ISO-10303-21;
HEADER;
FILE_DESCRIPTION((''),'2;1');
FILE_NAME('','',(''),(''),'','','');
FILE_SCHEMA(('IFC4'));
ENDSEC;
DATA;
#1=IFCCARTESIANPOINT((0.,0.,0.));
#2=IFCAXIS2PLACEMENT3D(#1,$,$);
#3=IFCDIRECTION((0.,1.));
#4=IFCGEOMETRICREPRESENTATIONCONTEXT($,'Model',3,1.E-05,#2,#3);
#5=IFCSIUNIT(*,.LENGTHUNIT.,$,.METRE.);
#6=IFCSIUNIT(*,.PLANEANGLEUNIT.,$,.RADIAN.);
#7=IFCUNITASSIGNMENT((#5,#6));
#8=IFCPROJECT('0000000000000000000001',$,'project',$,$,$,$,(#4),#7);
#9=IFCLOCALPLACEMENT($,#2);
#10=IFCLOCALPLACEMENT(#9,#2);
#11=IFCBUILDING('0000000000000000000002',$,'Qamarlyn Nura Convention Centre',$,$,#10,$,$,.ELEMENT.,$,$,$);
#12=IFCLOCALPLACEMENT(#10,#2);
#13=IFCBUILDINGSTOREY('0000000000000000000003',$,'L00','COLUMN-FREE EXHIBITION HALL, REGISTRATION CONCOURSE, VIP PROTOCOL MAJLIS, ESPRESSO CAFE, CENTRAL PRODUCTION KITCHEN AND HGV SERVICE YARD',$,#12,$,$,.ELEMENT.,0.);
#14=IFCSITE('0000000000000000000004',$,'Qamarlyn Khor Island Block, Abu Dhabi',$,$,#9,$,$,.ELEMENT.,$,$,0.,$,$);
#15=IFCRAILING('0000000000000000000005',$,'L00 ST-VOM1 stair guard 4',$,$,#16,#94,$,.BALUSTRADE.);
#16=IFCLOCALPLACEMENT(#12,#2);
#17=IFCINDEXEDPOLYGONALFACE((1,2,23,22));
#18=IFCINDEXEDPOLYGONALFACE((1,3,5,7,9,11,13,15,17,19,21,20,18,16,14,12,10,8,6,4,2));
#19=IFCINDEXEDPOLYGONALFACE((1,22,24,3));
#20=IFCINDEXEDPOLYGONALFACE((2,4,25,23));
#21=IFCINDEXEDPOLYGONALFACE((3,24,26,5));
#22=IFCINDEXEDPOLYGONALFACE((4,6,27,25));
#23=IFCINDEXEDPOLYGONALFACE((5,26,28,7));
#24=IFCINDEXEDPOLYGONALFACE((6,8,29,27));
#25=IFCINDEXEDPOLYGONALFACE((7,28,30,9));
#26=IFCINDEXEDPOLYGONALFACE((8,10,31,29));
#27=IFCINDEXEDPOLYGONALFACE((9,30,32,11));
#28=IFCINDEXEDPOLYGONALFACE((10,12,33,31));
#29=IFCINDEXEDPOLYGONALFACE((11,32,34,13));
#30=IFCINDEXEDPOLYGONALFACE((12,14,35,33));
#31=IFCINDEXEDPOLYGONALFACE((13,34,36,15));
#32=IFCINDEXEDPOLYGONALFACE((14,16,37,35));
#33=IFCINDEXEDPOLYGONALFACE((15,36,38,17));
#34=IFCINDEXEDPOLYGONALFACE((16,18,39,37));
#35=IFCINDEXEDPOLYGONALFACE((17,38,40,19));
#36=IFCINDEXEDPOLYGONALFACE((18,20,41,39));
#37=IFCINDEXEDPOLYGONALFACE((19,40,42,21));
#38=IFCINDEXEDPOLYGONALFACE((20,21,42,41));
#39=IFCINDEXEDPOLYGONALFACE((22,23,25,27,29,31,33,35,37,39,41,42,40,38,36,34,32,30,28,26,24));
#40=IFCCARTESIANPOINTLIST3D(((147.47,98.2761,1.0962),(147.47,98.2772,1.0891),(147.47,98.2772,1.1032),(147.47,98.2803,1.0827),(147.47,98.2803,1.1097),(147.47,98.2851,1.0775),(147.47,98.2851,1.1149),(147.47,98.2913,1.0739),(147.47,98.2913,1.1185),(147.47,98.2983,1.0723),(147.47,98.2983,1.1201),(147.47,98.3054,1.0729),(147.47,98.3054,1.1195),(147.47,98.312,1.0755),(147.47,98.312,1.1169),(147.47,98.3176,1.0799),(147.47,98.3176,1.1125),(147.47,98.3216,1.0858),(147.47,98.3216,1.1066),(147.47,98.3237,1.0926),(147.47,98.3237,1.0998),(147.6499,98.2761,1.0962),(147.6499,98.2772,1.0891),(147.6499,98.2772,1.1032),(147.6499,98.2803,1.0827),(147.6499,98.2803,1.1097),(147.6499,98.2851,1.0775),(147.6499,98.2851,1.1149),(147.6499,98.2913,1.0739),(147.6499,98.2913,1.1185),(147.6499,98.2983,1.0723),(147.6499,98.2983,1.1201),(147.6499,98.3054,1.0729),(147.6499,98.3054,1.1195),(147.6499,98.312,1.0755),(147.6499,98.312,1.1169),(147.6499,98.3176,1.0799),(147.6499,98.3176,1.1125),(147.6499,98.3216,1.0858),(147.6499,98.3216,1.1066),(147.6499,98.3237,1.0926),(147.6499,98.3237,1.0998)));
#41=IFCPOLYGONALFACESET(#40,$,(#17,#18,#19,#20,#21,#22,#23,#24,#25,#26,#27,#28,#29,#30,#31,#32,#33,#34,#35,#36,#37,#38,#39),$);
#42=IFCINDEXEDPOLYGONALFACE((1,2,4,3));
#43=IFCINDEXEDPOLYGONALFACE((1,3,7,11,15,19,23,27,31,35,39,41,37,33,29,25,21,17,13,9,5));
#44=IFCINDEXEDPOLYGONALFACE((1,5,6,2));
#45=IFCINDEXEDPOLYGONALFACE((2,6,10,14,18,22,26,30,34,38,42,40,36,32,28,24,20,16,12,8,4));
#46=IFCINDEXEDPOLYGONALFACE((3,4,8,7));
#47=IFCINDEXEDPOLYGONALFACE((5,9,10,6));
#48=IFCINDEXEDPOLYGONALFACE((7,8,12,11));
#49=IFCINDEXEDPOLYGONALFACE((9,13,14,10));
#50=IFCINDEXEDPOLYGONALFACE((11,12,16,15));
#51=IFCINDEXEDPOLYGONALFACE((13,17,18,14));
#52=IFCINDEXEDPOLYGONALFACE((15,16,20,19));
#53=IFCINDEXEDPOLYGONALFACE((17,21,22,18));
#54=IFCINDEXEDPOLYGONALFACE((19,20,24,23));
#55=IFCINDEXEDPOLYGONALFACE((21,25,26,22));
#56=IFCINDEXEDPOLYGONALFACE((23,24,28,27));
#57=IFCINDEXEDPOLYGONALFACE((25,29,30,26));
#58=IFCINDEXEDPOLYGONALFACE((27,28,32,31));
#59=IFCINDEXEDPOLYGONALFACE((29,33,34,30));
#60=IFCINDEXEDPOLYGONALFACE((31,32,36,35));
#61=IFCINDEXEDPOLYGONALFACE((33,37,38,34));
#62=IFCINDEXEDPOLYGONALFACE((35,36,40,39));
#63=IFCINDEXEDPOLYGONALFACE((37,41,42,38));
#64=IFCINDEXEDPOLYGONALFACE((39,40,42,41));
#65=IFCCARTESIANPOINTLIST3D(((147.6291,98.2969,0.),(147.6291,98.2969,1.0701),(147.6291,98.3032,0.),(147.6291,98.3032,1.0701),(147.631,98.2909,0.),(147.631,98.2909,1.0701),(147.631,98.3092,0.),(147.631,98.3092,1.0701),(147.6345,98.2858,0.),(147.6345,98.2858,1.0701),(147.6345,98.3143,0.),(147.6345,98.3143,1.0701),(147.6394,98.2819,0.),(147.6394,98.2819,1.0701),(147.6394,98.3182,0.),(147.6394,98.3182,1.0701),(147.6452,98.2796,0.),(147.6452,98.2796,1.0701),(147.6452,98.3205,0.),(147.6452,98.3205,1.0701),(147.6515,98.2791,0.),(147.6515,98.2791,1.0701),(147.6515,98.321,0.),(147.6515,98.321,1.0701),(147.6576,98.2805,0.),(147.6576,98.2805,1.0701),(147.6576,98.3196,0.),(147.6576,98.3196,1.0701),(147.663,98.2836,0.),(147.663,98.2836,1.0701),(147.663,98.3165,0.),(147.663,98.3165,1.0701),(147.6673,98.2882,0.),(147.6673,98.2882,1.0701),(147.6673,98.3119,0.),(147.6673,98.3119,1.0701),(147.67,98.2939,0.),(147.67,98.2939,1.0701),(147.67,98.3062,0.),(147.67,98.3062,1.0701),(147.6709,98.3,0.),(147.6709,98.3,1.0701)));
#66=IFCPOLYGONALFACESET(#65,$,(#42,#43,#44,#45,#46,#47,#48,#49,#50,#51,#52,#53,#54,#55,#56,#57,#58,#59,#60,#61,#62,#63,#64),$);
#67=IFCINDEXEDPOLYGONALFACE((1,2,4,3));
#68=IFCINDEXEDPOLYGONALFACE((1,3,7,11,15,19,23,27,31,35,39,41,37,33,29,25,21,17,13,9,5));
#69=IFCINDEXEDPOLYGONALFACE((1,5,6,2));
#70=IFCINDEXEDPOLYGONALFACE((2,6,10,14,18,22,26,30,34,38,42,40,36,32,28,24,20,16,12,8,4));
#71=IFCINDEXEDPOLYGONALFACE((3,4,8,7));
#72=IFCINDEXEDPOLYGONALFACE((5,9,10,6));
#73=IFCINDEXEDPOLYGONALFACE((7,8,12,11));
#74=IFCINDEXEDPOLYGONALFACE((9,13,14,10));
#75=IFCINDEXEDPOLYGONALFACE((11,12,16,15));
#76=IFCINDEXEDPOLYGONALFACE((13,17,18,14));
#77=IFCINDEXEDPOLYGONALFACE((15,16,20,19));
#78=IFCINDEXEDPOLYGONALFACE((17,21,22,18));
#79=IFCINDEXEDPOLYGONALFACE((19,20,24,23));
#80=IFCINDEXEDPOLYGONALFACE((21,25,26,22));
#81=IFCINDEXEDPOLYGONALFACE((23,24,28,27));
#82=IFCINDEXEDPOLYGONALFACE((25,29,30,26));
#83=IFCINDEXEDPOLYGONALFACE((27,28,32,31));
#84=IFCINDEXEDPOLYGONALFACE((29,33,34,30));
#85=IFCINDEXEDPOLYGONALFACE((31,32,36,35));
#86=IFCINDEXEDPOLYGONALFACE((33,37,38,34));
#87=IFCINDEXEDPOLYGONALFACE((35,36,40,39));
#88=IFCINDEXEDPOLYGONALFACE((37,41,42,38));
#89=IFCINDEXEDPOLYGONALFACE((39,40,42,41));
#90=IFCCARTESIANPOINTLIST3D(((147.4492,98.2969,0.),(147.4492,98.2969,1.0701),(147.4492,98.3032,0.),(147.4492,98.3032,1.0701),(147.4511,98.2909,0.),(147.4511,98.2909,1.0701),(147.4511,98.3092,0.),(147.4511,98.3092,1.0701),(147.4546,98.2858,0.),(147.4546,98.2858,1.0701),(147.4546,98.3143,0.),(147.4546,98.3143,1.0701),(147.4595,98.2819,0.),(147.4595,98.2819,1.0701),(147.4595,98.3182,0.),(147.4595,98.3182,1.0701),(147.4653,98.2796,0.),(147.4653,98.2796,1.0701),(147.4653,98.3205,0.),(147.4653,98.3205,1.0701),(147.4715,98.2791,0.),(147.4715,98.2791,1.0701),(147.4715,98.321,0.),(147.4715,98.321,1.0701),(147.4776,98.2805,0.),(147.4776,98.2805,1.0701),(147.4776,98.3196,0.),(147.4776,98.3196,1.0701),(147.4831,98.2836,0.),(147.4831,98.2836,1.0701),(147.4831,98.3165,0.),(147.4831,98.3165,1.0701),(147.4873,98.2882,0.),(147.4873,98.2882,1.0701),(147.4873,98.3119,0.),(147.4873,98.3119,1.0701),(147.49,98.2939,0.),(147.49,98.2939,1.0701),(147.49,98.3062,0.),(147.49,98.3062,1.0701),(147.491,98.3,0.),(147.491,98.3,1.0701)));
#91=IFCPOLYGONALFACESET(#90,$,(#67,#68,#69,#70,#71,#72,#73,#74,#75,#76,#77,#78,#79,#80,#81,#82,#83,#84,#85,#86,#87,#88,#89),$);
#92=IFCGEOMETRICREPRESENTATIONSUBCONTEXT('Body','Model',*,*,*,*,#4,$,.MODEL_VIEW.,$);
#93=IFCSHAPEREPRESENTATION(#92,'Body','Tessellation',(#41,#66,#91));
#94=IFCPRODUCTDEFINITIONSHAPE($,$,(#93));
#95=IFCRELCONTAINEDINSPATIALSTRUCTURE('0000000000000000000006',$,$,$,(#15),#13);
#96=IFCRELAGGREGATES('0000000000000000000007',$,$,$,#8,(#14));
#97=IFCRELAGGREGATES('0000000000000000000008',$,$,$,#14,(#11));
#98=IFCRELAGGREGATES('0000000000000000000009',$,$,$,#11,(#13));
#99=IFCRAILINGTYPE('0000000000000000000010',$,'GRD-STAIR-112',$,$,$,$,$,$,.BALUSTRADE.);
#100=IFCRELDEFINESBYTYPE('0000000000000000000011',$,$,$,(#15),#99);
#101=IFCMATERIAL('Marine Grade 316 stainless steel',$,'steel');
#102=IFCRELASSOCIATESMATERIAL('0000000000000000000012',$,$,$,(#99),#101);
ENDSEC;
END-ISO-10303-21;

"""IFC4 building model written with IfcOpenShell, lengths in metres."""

from ifc_helpers import new_model, si_unit, direction, frame, origin, origin_2d, place, context, subcontext, project, spatial, circle, extrude, material, type_object, element, save


model = new_model("IFC4")

# Units and contexts
model_context = context("Model", 3, precision=1e-05, world=origin(), true_north=direction((0.0, 1.0)))
body_context = subcontext(model_context, "Body", "Model", "MODEL_VIEW")
ifc_project = project(units=[si_unit("LENGTHUNIT", "METRE"), si_unit("PLANEANGLEUNIT", "RADIAN")], contexts=[model_context])

# Site, building, storey
site_placement = place(None, origin())
site = spatial("IfcSite", under=ifc_project, at=site_placement, Name="Qamarlyn Khor Island Block, Abu Dhabi", CompositionType="ELEMENT", RefElevation=0.0)
building_placement = place(site_placement, origin())
building = spatial("IfcBuilding", under=site, at=building_placement, Name="Qamarlyn Nura Convention Centre", CompositionType="ELEMENT")
storey_placement = place(building_placement, origin())
storey = spatial("IfcBuildingStorey", under=building, at=storey_placement, Name="L00", Description="COLUMN-FREE EXHIBITION HALL, REGISTRATION CONCOURSE, VIP PROTOCOL MAJLIS, ESPRESSO CAFE, CENTRAL PRODUCTION KITCHEN AND HGV SERVICE YARD", CompositionType="ELEMENT", Elevation=0.0)

# Railing
ifc_material_1 = material(Name="Marine Grade 316 stainless steel", Category="steel")
railing_type_1 = type_object("IfcRailingType", Name="GRD-STAIR-112", PredefinedType="BALUSTRADE", material=ifc_material_1)
railing_1_placement = place(storey_placement, frame((147.6499, 98.3, 0.0)))
element("IfcRailing", 1, at=railing_1_placement, inside=storey, type_object=railing_type_1, Name="L00 ST-VOM1 stair guard 4", PredefinedType="BALUSTRADE", context=body_context, shape_type="SweptSolid", body=[
    extrude(circle(Radius=0.0239, at=origin_2d()), frame((0.0, 0.0, 1.0962), z_axis=(-1.0, 0.0, 0.0), x_axis=(0.0, -1.0, 0.0)), (0.0, 0.0, 1.0), 0.1799),
    extrude(circle(Radius=0.021, at=origin_2d()), origin(), (0.0, 0.0, 1.0), 1.0701),
    extrude(circle(Radius=0.021, at=origin_2d()), frame((-0.1799, 0.0, 0.0)), (0.0, 0.0, 1.0), 1.0701),
])

save(model, "model.ifc")
